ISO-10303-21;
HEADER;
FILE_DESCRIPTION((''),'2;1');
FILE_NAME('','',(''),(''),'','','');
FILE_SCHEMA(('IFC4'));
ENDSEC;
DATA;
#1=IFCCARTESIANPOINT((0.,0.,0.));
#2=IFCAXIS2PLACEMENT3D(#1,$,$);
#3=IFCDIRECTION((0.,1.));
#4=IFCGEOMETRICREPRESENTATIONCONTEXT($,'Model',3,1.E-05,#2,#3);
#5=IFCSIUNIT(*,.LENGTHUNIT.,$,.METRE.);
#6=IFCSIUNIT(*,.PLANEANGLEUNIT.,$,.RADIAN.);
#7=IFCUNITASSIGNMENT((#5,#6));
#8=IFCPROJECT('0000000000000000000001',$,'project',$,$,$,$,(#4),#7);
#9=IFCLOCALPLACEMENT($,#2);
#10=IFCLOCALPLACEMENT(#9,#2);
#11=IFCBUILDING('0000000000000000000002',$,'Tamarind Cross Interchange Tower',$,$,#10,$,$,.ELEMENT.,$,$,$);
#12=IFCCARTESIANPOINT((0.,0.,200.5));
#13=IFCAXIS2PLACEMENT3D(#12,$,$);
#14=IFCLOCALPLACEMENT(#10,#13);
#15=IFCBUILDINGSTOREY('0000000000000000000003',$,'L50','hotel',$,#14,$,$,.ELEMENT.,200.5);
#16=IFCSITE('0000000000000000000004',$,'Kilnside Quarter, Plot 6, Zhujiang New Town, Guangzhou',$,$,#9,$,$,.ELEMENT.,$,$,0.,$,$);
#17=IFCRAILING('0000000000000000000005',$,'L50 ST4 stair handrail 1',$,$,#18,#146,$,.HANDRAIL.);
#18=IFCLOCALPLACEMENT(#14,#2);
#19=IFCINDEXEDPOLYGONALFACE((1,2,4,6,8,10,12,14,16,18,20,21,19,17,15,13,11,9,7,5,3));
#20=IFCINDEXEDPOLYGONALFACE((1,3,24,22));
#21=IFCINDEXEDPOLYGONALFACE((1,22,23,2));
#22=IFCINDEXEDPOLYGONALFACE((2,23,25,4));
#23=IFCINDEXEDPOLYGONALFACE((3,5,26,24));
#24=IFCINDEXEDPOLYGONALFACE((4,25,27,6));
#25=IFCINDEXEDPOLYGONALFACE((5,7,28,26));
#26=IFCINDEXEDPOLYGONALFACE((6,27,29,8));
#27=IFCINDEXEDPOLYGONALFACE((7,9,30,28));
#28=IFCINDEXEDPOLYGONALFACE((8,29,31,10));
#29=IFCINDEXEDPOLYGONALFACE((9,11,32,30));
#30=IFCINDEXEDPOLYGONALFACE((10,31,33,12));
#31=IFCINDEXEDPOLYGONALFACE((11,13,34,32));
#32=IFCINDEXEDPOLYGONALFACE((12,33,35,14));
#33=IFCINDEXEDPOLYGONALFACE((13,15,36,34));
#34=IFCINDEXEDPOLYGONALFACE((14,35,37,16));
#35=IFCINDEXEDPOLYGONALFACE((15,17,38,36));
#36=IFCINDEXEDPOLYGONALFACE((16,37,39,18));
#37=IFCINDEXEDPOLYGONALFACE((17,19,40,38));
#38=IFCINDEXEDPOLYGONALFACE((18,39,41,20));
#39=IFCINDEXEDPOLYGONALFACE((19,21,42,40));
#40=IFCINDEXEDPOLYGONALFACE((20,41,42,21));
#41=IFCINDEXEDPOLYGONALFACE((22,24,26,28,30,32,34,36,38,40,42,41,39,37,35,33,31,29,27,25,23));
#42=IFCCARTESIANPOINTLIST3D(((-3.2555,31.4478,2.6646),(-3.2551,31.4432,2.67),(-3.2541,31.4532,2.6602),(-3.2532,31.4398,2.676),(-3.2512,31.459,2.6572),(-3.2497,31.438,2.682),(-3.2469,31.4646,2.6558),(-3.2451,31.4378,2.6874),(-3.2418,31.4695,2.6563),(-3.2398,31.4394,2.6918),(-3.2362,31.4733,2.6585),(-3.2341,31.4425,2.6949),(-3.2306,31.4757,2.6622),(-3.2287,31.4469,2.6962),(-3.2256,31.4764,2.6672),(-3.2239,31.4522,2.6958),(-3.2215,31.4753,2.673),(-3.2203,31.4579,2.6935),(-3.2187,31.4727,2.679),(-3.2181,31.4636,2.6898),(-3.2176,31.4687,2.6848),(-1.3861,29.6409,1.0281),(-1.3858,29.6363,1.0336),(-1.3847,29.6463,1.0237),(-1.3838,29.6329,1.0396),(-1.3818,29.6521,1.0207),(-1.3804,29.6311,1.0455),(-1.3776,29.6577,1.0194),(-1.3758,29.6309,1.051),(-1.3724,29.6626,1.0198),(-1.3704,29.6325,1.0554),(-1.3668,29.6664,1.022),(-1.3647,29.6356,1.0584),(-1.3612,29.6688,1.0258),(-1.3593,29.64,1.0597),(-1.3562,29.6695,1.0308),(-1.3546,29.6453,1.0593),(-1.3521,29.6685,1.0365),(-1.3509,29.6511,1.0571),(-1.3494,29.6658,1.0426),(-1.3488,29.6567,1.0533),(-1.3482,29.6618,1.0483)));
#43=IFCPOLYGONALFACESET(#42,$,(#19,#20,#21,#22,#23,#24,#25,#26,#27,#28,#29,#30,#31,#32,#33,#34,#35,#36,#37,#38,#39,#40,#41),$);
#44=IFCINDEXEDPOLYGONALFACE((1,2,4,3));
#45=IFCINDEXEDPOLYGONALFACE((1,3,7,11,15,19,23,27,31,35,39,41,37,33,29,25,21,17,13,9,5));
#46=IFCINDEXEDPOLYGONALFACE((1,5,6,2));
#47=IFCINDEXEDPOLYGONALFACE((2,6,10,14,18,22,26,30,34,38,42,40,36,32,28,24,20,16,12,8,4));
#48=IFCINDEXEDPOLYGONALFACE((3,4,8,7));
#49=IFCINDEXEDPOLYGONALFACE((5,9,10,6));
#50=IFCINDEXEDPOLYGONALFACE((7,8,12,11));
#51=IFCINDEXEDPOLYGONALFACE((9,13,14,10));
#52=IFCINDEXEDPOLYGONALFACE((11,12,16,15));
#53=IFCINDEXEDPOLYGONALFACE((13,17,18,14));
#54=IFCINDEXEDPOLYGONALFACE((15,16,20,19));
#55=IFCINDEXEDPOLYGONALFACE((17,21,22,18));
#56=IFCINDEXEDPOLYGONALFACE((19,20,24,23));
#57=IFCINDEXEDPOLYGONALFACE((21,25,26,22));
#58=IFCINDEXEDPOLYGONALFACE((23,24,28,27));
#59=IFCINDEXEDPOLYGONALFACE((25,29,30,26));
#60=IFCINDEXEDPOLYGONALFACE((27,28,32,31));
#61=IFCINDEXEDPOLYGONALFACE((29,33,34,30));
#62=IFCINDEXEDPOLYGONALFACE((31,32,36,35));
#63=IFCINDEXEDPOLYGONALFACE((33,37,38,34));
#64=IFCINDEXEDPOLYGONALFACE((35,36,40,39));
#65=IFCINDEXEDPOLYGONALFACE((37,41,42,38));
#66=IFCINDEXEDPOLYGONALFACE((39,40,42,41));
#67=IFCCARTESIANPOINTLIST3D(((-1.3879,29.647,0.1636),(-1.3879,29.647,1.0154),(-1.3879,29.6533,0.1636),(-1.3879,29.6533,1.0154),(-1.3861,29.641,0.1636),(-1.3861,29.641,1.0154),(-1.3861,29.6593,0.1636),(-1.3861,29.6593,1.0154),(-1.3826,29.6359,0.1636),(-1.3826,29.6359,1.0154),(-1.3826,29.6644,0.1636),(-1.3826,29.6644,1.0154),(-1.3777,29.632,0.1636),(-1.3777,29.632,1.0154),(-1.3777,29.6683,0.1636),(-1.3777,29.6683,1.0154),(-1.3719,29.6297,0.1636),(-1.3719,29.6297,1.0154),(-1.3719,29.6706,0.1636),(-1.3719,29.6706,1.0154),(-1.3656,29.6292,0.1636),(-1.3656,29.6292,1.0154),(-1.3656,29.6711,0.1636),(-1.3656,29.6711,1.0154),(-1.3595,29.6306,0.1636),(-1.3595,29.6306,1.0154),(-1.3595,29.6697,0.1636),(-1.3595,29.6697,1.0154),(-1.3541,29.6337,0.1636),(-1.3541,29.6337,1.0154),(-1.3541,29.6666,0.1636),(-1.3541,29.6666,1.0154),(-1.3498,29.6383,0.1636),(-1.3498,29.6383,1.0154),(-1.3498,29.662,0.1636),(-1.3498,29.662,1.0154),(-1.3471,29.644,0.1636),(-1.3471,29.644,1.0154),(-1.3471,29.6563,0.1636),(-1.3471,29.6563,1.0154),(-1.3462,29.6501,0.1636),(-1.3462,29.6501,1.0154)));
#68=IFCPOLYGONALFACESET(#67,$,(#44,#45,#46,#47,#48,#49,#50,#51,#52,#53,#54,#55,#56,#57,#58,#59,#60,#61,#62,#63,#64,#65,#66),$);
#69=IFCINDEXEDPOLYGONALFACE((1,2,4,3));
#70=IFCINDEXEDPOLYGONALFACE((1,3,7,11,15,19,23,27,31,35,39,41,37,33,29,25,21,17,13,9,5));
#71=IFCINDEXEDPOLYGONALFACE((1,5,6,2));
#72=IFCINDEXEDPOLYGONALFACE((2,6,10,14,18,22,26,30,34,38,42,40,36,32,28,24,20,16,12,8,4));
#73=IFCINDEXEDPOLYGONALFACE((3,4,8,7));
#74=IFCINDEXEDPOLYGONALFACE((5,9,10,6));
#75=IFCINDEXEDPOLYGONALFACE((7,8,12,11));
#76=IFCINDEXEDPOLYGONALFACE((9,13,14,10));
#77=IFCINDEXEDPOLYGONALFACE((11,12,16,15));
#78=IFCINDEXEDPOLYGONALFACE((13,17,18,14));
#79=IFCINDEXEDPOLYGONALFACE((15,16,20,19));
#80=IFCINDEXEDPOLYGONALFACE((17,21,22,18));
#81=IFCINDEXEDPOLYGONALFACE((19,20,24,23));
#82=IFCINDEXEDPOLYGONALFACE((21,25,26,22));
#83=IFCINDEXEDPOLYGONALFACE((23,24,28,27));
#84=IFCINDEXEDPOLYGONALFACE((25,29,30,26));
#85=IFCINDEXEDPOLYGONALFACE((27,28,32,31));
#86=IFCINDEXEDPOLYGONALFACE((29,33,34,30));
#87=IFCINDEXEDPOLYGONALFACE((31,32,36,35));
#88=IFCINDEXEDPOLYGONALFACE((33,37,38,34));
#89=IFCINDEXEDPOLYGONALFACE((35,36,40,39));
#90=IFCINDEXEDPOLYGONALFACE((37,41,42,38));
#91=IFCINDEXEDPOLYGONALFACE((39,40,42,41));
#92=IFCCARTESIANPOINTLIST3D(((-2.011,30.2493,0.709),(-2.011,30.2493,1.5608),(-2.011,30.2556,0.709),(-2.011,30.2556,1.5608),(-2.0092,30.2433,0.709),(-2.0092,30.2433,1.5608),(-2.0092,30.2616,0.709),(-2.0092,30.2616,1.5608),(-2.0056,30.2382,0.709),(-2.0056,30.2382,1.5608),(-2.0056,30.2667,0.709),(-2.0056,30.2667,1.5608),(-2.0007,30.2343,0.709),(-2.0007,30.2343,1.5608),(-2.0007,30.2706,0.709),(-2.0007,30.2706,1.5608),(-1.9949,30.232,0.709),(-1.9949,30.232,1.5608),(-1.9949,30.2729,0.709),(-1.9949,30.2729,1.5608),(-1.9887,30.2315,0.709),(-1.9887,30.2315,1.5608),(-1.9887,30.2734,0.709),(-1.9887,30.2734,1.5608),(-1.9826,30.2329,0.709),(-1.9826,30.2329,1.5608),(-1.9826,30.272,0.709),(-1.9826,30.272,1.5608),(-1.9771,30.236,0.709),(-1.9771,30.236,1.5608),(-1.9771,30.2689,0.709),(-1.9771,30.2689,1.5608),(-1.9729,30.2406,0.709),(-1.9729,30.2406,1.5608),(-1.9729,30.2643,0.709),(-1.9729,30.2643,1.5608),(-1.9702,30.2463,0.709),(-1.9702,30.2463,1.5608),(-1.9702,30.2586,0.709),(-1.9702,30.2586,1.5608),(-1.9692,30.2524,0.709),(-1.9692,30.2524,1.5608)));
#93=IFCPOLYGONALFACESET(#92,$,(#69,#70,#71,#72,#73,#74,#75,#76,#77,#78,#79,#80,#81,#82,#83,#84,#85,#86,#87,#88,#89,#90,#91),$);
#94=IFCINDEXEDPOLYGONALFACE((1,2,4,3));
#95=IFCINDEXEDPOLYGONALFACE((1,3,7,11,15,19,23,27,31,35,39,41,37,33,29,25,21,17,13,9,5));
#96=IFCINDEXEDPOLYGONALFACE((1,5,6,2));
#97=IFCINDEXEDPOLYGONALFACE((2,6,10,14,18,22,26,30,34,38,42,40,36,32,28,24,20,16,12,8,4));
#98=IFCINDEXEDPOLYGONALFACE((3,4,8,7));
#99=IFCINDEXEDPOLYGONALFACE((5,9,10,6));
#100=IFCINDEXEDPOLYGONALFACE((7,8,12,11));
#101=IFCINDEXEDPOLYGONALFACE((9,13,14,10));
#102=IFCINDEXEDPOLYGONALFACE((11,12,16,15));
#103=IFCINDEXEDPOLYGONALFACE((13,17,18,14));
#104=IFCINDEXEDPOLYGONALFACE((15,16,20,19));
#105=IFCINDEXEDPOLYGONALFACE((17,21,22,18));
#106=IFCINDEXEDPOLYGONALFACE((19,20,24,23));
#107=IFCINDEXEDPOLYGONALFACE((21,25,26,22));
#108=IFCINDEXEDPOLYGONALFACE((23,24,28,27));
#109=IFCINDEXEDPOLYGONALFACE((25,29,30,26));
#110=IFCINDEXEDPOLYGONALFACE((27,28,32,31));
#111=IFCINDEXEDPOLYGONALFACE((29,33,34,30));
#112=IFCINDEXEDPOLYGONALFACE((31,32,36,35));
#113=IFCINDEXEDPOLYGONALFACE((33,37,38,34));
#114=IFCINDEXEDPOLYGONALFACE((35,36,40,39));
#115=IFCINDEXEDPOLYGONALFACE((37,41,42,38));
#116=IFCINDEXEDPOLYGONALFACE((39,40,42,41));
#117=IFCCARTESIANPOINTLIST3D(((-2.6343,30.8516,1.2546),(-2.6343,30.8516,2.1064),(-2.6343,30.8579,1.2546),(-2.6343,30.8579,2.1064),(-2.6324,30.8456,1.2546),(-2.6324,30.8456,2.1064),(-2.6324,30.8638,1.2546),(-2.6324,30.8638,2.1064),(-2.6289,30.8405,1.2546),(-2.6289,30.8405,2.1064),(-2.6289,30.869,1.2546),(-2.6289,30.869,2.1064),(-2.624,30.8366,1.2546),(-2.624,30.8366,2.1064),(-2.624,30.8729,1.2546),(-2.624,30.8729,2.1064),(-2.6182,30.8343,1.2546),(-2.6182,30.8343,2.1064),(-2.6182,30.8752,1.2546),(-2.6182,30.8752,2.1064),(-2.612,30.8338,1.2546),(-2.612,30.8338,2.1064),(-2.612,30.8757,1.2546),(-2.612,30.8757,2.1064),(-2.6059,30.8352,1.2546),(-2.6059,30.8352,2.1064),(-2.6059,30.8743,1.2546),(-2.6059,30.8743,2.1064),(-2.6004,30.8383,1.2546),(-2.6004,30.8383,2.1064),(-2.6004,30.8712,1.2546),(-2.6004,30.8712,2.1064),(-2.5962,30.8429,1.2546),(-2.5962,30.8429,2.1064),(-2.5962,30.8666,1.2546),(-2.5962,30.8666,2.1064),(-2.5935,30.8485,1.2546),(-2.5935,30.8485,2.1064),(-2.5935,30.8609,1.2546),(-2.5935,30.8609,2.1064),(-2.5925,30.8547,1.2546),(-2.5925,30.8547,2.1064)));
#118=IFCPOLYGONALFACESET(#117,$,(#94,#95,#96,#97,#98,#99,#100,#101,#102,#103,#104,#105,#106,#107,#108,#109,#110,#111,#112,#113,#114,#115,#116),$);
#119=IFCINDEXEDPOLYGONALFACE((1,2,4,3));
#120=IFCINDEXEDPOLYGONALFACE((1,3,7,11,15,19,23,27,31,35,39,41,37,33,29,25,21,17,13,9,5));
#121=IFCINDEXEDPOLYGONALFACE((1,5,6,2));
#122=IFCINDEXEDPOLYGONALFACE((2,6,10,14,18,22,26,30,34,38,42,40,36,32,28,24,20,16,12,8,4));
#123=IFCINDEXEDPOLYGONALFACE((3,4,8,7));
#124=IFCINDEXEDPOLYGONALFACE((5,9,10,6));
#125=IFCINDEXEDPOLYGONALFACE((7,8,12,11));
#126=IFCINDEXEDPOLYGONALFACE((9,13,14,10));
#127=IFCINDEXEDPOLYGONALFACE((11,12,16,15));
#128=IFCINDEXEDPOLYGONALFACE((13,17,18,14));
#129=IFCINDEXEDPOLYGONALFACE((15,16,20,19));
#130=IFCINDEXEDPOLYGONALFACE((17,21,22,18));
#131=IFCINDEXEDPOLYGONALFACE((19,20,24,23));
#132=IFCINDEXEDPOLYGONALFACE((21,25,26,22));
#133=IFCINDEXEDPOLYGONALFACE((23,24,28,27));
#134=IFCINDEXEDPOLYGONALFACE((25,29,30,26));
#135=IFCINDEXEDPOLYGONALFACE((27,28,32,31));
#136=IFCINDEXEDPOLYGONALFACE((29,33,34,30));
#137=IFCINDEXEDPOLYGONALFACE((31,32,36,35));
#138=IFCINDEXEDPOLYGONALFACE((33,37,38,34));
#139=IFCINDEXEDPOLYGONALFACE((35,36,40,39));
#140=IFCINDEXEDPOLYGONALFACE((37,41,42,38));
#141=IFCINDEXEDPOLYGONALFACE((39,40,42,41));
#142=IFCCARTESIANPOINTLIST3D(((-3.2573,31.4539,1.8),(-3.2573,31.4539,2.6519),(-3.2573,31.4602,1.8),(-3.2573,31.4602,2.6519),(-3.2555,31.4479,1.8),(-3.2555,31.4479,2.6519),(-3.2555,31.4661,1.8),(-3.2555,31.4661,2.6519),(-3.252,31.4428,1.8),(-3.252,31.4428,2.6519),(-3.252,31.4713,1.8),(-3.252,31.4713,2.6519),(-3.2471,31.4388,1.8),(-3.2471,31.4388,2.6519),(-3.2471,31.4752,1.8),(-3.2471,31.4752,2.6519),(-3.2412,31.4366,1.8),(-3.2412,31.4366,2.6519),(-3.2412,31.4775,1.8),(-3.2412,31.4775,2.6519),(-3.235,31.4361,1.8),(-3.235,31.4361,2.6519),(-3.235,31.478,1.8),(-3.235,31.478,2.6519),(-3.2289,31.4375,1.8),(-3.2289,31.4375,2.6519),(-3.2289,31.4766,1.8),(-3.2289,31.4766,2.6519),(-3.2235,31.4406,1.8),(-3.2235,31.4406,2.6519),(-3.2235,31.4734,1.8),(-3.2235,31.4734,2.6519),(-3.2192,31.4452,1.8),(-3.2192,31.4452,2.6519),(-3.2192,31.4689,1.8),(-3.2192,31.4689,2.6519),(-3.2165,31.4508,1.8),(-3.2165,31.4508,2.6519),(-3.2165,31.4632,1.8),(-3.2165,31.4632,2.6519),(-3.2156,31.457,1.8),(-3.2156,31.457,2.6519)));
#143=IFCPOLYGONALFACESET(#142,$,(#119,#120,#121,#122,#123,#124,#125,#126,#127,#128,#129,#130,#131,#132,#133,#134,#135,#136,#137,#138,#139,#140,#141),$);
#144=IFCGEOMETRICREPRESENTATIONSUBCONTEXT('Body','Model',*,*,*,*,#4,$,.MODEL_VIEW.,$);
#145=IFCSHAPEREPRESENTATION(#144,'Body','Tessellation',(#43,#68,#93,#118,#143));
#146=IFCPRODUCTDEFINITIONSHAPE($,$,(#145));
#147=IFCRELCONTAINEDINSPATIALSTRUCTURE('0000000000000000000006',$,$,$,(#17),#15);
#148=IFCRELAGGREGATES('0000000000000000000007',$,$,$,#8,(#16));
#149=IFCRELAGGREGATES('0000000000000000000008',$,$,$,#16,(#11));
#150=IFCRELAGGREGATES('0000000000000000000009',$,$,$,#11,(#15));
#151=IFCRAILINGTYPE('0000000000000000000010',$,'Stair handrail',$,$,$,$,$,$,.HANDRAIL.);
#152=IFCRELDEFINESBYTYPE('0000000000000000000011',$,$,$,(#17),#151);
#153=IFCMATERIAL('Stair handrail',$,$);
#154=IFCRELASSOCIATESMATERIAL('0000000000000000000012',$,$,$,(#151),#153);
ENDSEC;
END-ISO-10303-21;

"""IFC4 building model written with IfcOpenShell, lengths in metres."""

from ifc_helpers import new_model, si_unit, direction, frame, origin, origin_2d, place, context, subcontext, project, spatial, circle, extrude, material, type_object, element, save


model = new_model("IFC4")

# Units and contexts
model_context = context("Model", 3, precision=1e-05, world=origin(), true_north=direction((0.0, 1.0)))
body_context = subcontext(model_context, "Body", "Model", "MODEL_VIEW")
ifc_project = project(units=[si_unit("LENGTHUNIT", "METRE"), si_unit("PLANEANGLEUNIT", "RADIAN")], contexts=[model_context])

# Site, building, storey
site_placement = place(None, origin())
site = spatial("IfcSite", under=ifc_project, at=site_placement, Name="Kilnside Quarter, Plot 6, Zhujiang New Town, Guangzhou", CompositionType="ELEMENT", RefElevation=0.0)
building_placement = place(site_placement, origin())
building = spatial("IfcBuilding", under=site, at=building_placement, Name="Tamarind Cross Interchange Tower", CompositionType="ELEMENT")
storey_placement = place(building_placement, frame((0.0, 0.0, 200.5)))
storey = spatial("IfcBuildingStorey", under=building, at=storey_placement, Name="L50", Description="hotel", CompositionType="ELEMENT", Elevation=200.5)

# Railing
ifc_material_1 = material(Name="Stair handrail")
railing_type_1 = type_object("IfcRailingType", Name="Stair handrail", PredefinedType="HANDRAIL", material=ifc_material_1)
railing_1_placement = place(storey_placement, frame((-1.3672, 29.6501, 0.1636)))
element("IfcRailing", 1, at=railing_1_placement, inside=storey, type_object=railing_type_1, Name="L50 ST4 stair handrail 1", PredefinedType="HANDRAIL", context=body_context, shape_type="SweptSolid", body=[
    extrude(circle(Radius=0.0239, at=origin_2d()), frame((0.0, 0.0, 0.876), z_axis=(-0.608514, 0.588169, 0.532698), x_axis=(-0.694985, -0.719024, 0.0)), (0.0, 0.0, 1.0), 3.072),
    extrude(circle(Radius=0.021, at=origin_2d()), origin(), (0.0, 0.0, 1.0), 0.8518),
    extrude(circle(Radius=0.021, at=origin_2d()), frame((-0.623, 0.6023, 0.5454)), (0.0, 0.0, 1.0), 0.8518),
    extrude(circle(Radius=0.021, at=origin_2d()), frame((-1.2463, 1.2046, 1.0911)), (0.0, 0.0, 1.0), 0.8518),
    extrude(circle(Radius=0.021, at=origin_2d()), frame((-1.8694, 1.8069, 1.6365)), (0.0, 0.0, 1.0), 0.8518),
])

save(model, "model.ifc")
